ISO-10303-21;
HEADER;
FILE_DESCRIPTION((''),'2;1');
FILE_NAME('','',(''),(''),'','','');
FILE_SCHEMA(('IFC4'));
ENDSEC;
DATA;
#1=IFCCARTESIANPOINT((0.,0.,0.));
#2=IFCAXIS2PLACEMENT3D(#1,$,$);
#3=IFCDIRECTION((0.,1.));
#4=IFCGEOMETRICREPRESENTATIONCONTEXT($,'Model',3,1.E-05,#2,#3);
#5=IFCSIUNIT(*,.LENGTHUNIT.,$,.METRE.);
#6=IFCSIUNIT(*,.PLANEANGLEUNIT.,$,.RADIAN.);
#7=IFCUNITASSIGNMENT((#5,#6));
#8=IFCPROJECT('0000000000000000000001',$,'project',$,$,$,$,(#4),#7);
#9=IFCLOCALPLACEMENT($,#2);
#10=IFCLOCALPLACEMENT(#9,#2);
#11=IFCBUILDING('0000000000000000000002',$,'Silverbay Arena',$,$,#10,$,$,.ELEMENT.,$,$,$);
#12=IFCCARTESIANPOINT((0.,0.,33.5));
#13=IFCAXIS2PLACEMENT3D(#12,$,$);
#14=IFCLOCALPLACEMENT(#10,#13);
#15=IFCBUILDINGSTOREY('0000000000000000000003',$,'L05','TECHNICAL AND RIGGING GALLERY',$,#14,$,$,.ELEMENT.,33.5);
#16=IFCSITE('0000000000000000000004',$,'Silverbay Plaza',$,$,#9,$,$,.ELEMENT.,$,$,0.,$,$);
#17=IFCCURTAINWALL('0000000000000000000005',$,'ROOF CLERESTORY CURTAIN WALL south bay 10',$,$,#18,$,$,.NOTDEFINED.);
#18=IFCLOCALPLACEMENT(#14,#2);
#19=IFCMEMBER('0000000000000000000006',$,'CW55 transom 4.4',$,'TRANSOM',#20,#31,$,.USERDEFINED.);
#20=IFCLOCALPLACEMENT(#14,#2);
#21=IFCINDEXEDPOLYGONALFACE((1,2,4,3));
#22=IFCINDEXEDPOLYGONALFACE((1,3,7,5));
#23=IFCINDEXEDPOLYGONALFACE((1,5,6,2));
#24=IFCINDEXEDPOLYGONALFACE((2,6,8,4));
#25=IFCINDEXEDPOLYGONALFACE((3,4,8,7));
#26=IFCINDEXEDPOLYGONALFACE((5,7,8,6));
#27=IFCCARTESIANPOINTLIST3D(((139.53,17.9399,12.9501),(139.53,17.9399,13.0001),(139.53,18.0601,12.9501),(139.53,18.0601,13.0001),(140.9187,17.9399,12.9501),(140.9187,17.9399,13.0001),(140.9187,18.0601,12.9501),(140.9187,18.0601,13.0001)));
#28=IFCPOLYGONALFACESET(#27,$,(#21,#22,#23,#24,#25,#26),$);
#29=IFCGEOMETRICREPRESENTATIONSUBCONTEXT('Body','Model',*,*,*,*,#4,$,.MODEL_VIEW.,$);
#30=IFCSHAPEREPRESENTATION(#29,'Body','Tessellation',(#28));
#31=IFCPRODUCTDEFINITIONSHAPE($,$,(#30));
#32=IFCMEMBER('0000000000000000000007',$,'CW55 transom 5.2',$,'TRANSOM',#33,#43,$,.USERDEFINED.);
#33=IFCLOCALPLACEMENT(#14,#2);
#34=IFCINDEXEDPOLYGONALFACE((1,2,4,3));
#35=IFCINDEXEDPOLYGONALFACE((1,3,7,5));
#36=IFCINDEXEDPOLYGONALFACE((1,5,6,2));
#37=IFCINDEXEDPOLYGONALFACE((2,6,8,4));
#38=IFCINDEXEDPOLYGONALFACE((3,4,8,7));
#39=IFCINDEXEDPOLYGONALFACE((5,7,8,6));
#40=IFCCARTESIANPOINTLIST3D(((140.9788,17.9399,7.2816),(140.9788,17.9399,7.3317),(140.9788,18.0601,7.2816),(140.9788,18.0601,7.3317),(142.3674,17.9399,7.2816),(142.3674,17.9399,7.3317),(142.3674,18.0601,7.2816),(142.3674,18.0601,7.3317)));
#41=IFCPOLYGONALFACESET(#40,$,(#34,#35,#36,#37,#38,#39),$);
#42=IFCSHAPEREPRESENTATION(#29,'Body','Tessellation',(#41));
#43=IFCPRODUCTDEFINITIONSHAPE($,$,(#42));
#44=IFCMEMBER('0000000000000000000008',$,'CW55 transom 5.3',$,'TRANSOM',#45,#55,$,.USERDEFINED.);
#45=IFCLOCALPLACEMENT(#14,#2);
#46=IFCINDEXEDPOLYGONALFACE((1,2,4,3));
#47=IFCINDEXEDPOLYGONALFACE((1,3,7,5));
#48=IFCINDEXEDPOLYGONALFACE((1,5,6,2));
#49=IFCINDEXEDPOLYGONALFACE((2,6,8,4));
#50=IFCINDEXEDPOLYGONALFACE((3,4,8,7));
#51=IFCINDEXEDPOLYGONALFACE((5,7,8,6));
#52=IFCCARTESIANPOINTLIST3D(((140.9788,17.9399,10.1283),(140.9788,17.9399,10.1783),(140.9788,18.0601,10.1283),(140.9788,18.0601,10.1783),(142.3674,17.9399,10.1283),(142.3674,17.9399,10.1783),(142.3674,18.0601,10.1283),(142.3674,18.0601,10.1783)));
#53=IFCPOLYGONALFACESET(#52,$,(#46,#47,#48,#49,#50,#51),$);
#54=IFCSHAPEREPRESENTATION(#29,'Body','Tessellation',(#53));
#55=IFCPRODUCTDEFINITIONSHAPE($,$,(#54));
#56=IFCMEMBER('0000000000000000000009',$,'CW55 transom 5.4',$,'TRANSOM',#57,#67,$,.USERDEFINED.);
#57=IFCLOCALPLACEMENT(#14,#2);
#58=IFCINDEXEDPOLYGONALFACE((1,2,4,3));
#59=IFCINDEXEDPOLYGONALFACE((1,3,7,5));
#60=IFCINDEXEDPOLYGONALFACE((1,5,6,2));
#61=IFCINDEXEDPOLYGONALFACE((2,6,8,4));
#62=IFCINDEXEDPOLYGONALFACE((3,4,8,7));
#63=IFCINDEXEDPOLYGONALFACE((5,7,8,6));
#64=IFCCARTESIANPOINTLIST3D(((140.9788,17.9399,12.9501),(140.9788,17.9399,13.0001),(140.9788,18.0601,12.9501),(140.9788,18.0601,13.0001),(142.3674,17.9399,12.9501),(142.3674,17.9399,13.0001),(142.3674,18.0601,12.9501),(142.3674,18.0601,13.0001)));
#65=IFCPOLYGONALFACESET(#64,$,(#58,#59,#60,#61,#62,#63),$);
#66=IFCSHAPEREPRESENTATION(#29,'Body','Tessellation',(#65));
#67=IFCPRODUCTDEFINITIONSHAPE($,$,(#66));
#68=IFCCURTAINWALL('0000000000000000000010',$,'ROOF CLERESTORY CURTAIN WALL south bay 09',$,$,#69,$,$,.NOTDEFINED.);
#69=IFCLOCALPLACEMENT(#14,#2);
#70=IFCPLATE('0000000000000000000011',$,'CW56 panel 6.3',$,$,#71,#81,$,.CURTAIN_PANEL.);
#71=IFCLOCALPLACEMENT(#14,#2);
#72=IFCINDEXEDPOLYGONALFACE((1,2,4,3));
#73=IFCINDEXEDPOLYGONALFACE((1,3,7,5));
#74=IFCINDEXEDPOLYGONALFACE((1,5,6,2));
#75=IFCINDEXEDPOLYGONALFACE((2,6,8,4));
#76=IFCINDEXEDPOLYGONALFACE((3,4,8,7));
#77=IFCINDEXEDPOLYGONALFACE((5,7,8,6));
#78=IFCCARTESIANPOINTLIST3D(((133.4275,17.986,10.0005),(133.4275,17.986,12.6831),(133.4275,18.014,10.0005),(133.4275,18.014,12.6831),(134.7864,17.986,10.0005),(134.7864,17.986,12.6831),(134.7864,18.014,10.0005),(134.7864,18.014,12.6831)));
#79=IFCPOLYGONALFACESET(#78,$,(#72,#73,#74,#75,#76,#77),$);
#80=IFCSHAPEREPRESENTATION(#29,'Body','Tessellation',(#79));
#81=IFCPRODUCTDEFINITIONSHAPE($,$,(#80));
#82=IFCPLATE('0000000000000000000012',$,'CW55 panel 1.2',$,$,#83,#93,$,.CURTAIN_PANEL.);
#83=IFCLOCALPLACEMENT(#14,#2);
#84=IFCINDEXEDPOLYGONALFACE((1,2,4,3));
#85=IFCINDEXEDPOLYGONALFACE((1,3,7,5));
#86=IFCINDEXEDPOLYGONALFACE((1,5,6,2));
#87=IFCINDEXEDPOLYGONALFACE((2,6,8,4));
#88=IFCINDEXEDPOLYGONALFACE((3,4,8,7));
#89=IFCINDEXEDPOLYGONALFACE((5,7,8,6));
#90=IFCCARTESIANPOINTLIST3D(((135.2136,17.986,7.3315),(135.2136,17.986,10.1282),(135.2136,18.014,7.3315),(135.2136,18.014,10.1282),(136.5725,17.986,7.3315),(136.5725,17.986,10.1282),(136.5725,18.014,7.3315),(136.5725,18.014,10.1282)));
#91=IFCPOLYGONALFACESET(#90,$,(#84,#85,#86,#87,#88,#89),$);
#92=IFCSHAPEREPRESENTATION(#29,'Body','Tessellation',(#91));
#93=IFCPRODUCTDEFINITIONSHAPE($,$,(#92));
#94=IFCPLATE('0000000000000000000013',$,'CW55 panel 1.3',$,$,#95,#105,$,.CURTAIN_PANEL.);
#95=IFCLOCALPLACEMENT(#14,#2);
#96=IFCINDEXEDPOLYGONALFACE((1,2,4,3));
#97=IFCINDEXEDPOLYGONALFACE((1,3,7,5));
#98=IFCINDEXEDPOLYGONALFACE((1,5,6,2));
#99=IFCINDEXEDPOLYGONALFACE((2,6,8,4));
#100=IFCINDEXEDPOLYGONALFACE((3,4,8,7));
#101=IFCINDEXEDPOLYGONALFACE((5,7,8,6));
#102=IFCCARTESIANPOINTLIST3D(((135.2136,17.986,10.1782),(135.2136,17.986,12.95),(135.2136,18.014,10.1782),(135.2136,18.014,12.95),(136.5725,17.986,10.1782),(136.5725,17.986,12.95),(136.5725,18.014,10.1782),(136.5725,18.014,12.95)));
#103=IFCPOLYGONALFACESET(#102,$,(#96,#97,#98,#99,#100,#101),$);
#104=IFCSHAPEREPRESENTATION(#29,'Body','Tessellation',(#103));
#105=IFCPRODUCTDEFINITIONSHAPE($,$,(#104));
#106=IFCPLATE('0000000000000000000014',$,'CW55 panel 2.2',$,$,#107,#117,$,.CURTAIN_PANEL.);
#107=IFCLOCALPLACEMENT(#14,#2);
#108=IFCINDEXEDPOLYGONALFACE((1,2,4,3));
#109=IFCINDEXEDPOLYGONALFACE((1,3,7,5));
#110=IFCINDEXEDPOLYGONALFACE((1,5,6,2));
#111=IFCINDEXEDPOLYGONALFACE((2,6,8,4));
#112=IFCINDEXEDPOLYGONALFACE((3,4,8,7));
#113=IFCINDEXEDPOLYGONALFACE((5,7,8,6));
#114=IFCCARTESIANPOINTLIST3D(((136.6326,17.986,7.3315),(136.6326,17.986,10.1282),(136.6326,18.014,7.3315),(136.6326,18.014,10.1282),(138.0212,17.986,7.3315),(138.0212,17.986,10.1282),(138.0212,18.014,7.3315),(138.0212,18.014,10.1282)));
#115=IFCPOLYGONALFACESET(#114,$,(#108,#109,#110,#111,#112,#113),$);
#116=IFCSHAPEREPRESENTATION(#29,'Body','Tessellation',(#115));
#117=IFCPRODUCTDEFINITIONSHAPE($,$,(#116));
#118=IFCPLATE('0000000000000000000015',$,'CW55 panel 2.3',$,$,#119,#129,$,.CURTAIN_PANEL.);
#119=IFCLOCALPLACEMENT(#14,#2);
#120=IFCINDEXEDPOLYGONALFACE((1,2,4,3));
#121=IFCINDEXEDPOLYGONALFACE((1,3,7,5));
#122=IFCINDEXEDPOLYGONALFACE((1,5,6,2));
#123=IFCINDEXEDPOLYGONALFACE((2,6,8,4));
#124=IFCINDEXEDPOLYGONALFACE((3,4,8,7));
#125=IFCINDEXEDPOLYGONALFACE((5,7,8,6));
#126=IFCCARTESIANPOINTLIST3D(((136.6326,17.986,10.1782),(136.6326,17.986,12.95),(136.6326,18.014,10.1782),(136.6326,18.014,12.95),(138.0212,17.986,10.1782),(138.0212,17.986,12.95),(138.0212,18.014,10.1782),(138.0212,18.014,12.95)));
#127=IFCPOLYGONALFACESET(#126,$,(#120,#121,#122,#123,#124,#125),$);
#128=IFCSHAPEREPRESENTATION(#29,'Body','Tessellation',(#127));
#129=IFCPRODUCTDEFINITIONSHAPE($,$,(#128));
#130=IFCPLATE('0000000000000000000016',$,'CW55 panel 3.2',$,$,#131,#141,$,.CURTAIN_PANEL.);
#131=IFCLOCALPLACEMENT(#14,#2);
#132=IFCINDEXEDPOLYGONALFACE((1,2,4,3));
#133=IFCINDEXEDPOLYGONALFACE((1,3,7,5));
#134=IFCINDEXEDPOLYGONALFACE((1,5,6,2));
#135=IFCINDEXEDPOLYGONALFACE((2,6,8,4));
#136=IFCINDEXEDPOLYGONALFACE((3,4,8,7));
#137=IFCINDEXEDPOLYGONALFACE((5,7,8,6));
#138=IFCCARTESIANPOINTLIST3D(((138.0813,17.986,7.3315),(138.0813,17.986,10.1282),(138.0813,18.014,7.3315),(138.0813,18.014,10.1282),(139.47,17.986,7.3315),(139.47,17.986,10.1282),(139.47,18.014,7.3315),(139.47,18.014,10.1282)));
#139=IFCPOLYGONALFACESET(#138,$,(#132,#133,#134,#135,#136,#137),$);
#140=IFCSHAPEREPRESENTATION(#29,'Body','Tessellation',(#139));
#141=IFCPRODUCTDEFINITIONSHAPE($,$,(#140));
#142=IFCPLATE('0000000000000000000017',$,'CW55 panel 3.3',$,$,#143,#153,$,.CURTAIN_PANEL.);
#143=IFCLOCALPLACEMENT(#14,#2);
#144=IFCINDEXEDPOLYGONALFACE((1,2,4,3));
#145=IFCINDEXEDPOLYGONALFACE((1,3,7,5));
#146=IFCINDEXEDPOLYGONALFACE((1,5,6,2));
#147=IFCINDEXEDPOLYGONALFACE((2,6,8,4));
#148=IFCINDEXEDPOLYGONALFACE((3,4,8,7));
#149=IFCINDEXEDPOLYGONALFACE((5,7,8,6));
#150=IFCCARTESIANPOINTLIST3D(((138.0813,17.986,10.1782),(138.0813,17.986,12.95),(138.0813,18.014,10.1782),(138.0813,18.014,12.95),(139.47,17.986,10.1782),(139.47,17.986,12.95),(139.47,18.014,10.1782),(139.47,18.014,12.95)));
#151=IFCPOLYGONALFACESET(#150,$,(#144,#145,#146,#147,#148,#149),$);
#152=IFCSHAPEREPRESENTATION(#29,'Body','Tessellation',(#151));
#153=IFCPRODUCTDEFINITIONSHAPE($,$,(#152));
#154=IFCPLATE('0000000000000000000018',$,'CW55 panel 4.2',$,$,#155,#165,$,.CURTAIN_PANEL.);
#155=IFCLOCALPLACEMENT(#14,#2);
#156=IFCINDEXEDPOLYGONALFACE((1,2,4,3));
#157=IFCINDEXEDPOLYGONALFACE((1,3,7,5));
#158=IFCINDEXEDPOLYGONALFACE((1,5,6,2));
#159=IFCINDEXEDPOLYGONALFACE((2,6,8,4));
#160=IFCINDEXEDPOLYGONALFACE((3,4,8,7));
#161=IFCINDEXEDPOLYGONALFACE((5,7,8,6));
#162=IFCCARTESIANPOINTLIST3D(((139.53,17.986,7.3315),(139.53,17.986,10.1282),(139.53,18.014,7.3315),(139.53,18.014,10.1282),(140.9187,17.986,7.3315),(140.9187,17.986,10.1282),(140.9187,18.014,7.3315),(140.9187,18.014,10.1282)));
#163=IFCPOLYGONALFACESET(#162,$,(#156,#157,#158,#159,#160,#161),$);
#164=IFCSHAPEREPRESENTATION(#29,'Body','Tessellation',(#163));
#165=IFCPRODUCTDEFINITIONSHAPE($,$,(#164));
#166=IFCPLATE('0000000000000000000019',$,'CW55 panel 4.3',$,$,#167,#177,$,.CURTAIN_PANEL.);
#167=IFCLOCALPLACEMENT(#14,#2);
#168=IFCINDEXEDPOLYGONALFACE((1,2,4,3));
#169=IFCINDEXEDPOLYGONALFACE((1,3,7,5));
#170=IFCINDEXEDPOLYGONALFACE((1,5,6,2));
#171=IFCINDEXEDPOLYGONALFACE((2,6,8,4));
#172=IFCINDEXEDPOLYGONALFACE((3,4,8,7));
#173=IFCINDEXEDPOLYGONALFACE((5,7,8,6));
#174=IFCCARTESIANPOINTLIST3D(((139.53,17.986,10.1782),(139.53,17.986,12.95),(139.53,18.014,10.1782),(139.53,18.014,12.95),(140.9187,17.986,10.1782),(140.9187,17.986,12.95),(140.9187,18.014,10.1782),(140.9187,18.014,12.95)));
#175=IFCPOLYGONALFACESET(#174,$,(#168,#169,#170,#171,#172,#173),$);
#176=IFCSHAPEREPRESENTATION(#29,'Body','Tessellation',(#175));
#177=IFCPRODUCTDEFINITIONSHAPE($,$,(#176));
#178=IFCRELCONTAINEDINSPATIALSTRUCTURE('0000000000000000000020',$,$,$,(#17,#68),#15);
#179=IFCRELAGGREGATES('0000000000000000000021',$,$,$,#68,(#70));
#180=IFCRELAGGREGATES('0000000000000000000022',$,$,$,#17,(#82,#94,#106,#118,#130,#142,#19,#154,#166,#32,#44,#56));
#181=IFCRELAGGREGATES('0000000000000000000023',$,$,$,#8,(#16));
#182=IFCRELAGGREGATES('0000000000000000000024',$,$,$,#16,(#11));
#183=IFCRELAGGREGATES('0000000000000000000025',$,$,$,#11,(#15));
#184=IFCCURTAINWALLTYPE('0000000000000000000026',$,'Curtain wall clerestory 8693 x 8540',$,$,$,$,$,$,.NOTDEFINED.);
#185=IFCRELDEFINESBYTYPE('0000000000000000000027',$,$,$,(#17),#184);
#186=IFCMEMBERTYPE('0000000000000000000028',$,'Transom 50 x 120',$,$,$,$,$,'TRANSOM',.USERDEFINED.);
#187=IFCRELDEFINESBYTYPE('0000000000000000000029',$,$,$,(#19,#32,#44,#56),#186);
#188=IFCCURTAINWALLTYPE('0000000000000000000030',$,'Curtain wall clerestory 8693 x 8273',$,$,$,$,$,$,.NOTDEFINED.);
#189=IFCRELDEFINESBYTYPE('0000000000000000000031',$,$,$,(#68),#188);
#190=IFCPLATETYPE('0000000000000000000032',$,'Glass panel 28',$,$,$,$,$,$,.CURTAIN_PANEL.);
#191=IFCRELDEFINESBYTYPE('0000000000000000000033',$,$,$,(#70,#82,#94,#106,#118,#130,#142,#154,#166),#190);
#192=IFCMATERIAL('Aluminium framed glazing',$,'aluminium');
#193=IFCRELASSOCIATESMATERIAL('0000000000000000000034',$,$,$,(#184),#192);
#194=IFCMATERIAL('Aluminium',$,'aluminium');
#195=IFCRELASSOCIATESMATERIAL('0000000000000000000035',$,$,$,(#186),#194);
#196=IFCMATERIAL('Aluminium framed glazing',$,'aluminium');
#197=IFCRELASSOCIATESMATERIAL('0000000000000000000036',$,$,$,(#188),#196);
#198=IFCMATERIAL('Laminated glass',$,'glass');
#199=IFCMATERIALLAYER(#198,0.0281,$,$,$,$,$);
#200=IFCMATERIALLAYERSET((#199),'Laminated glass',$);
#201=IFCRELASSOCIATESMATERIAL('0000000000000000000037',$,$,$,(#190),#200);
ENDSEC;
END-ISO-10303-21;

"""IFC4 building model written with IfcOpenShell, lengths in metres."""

from ifc_helpers import new_model, si_unit, direction, frame, origin, origin_2d, place, context, subcontext, project, spatial, rectangle, extrude, material, layer, layer_set, material_profile, profile_set, type_object, element, aggregate, save


model = new_model("IFC4")

# Units and contexts
model_context = context("Model", 3, precision=1e-05, world=origin(), true_north=direction((0.0, 1.0)))
body_context = subcontext(model_context, "Body", "Model", "MODEL_VIEW")
ifc_project = project(units=[si_unit("LENGTHUNIT", "METRE"), si_unit("PLANEANGLEUNIT", "RADIAN")], contexts=[model_context])

# Site, building, storey
site_placement = place(None, origin())
site = spatial("IfcSite", under=ifc_project, at=site_placement, Name="Silverbay Plaza", CompositionType="ELEMENT", RefElevation=0.0)
building_placement = place(site_placement, origin())
building = spatial("IfcBuilding", under=site, at=building_placement, Name="Silverbay Arena", CompositionType="ELEMENT")
storey_placement = place(building_placement, frame((0.0, 0.0, 33.5)))
storey = spatial("IfcBuildingStorey", under=building, at=storey_placement, Name="L05", Description="TECHNICAL AND RIGGING GALLERY", CompositionType="ELEMENT", Elevation=33.5)

# Curtain wall, members
ifc_material_1 = material(Name="Aluminium framed glazing", Category="aluminium")
curtain_wall_type_1 = type_object("IfcCurtainWallType", Name="Curtain wall clerestory 8693 x 8540", PredefinedType="NOTDEFINED", material=ifc_material_1)
curtain_wall_1_placement = place(storey_placement, origin())
curtain_wall_1 = element("IfcCurtainWall", 1, at=curtain_wall_1_placement, inside=storey, type_object=curtain_wall_type_1, Name="ROOF CLERESTORY CURTAIN WALL south bay 10", PredefinedType="NOTDEFINED")
ifc_material_2 = material(Name="Aluminium", Category="aluminium")
ifc_material_profile_1 = material_profile(ifc_material_2, rectangle(XDim=0.1201, YDim=0.05, at=origin_2d()), Name="Transom 50 x 120")
ifc_profile_set_1 = profile_set([ifc_material_profile_1], Name="Aluminium")
member_type_1 = type_object("IfcMemberType", Name="Transom 50 x 120", ElementType="TRANSOM", PredefinedType="USERDEFINED", material=ifc_profile_set_1)
member_1_placement = place(storey_placement, frame((139.53, 18.0, 12.9751), z_axis=(1.0, 0.0, 0.0), x_axis=(0.0, 1.0, 0.0)))
member_1 = element("IfcMember", 2, at=member_1_placement, type_object=member_type_1, Name="CW55 transom 4.4", ObjectType="TRANSOM", PredefinedType="USERDEFINED", context=body_context, shape_type="SweptSolid", body=[
    extrude(rectangle(XDim=0.1201, YDim=0.05, at=origin_2d()), origin(), (0.0, 0.0, 1.0), 1.3887),
])
member_2_placement = place(storey_placement, frame((140.9788, 18.0, 7.3066), z_axis=(1.0, 0.0, 0.0), x_axis=(0.0, 1.0, 0.0)))
member_2 = element("IfcMember", 3, at=member_2_placement, type_object=member_type_1, Name="CW55 transom 5.2", ObjectType="TRANSOM", PredefinedType="USERDEFINED", context=body_context, shape_type="SweptSolid", body=[
    extrude(rectangle(XDim=0.1201, YDim=0.05, at=origin_2d()), origin(), (0.0, 0.0, 1.0), 1.3887),
])
member_3_placement = place(storey_placement, frame((140.9788, 18.0, 10.1533), z_axis=(1.0, 0.0, 0.0), x_axis=(0.0, 1.0, 0.0)))
member_3 = element("IfcMember", 4, at=member_3_placement, type_object=member_type_1, Name="CW55 transom 5.3", ObjectType="TRANSOM", PredefinedType="USERDEFINED", context=body_context, shape_type="SweptSolid", body=[
    extrude(rectangle(XDim=0.1201, YDim=0.05, at=origin_2d()), origin(), (0.0, 0.0, 1.0), 1.3887),
])
member_4_placement = place(storey_placement, frame((140.9788, 18.0, 12.9751), z_axis=(1.0, 0.0, 0.0), x_axis=(0.0, 1.0, 0.0)))
member_4 = element("IfcMember", 5, at=member_4_placement, type_object=member_type_1, Name="CW55 transom 5.4", ObjectType="TRANSOM", PredefinedType="USERDEFINED", context=body_context, shape_type="SweptSolid", body=[
    extrude(rectangle(XDim=0.1201, YDim=0.05, at=origin_2d()), origin(), (0.0, 0.0, 1.0), 1.3887),
])

# Curtain wall, plate
ifc_material_3 = material(Name="Aluminium framed glazing", Category="aluminium")
curtain_wall_type_2 = type_object("IfcCurtainWallType", Name="Curtain wall clerestory 8693 x 8273", PredefinedType="NOTDEFINED", material=ifc_material_3)
curtain_wall_2_placement = place(storey_placement, origin())
curtain_wall_2 = element("IfcCurtainWall", 6, at=curtain_wall_2_placement, inside=storey, type_object=curtain_wall_type_2, Name="ROOF CLERESTORY CURTAIN WALL south bay 09", PredefinedType="NOTDEFINED")
ifc_material_4 = material(Name="Laminated glass", Category="glass")
ifc_layer = layer(ifc_material_4, 0.0281)
ifc_layer_set = layer_set([ifc_layer], Name="Laminated glass")
plate_type = type_object("IfcPlateType", Name="Glass panel 28", PredefinedType="CURTAIN_PANEL", material=ifc_layer_set)
plate_1_placement = place(storey_placement, frame((134.1069, 18.0, 10.0005), z_axis=(0.0, 0.0, 1.0), x_axis=(1.0, 0.0, 0.0)))
plate_1 = element("IfcPlate", 7, at=plate_1_placement, type_object=plate_type, Name="CW56 panel 6.3", PredefinedType="CURTAIN_PANEL", context=body_context, shape_type="SweptSolid", body=[
    extrude(rectangle(XDim=1.3589, YDim=0.0281, at=origin_2d()), origin(), (0.0, 0.0, 1.0), 2.6826),
])
aggregate(curtain_wall_2, [plate_1])

# Plates
plate_2_placement = place(storey_placement, frame((135.8931, 18.0, 7.3315), z_axis=(0.0, 0.0, 1.0), x_axis=(1.0, 0.0, 0.0)))
plate_2 = element("IfcPlate", 8, at=plate_2_placement, type_object=plate_type, Name="CW55 panel 1.2", PredefinedType="CURTAIN_PANEL", context=body_context, shape_type="SweptSolid", body=[
    extrude(rectangle(XDim=1.3589, YDim=0.0281, at=origin_2d()), origin(), (0.0, 0.0, 1.0), 2.7966),
])
plate_3_placement = place(storey_placement, frame((135.8931, 18.0, 10.1782), z_axis=(0.0, 0.0, 1.0), x_axis=(1.0, 0.0, 0.0)))
plate_3 = element("IfcPlate", 9, at=plate_3_placement, type_object=plate_type, Name="CW55 panel 1.3", PredefinedType="CURTAIN_PANEL", context=body_context, shape_type="SweptSolid", body=[
    extrude(rectangle(XDim=1.3589, YDim=0.0281, at=origin_2d()), origin(), (0.0, 0.0, 1.0), 2.7717),
])
plate_4_placement = place(storey_placement, frame((137.3269, 18.0, 7.3315), z_axis=(0.0, 0.0, 1.0), x_axis=(1.0, 0.0, 0.0)))
plate_4 = element("IfcPlate", 10, at=plate_4_placement, type_object=plate_type, Name="CW55 panel 2.2", PredefinedType="CURTAIN_PANEL", context=body_context, shape_type="SweptSolid", body=[
    extrude(rectangle(XDim=1.3887, YDim=0.0281, at=origin_2d()), origin(), (0.0, 0.0, 1.0), 2.7966),
])
plate_5_placement = place(storey_placement, frame((137.3269, 18.0, 10.1782), z_axis=(0.0, 0.0, 1.0), x_axis=(1.0, 0.0, 0.0)))
plate_5 = element("IfcPlate", 11, at=plate_5_placement, type_object=plate_type, Name="CW55 panel 2.3", PredefinedType="CURTAIN_PANEL", context=body_context, shape_type="SweptSolid", body=[
    extrude(rectangle(XDim=1.3887, YDim=0.0281, at=origin_2d()), origin(), (0.0, 0.0, 1.0), 2.7717),
])
plate_6_placement = place(storey_placement, frame((138.7756, 18.0, 7.3315), z_axis=(0.0, 0.0, 1.0), x_axis=(1.0, 0.0, 0.0)))
plate_6 = element("IfcPlate", 12, at=plate_6_placement, type_object=plate_type, Name="CW55 panel 3.2", PredefinedType="CURTAIN_PANEL", context=body_context, shape_type="SweptSolid", body=[
    extrude(rectangle(XDim=1.3887, YDim=0.0281, at=origin_2d()), origin(), (0.0, 0.0, 1.0), 2.7966),
])
plate_7_placement = place(storey_placement, frame((138.7756, 18.0, 10.1782), z_axis=(0.0, 0.0, 1.0), x_axis=(1.0, 0.0, 0.0)))
plate_7 = element("IfcPlate", 13, at=plate_7_placement, type_object=plate_type, Name="CW55 panel 3.3", PredefinedType="CURTAIN_PANEL", context=body_context, shape_type="SweptSolid", body=[
    extrude(rectangle(XDim=1.3887, YDim=0.0281, at=origin_2d()), origin(), (0.0, 0.0, 1.0), 2.7717),
])
plate_8_placement = place(storey_placement, frame((140.2244, 18.0, 7.3315), z_axis=(0.0, 0.0, 1.0), x_axis=(1.0, 0.0, 0.0)))
plate_8 = element("IfcPlate", 14, at=plate_8_placement, type_object=plate_type, Name="CW55 panel 4.2", PredefinedType="CURTAIN_PANEL", context=body_context, shape_type="SweptSolid", body=[
    extrude(rectangle(XDim=1.3887, YDim=0.0281, at=origin_2d()), origin(), (0.0, 0.0, 1.0), 2.7966),
])
plate_9_placement = place(storey_placement, frame((140.2244, 18.0, 10.1782), z_axis=(0.0, 0.0, 1.0), x_axis=(1.0, 0.0, 0.0)))
plate_9 = element("IfcPlate", 15, at=plate_9_placement, type_object=plate_type, Name="CW55 panel 4.3", PredefinedType="CURTAIN_PANEL", context=body_context, shape_type="SweptSolid", body=[
    extrude(rectangle(XDim=1.3887, YDim=0.0281, at=origin_2d()), origin(), (0.0, 0.0, 1.0), 2.7717),
])
aggregate(curtain_wall_1, [plate_2, plate_3, plate_4, plate_5, plate_6, plate_7, member_1, plate_8, plate_9, member_2, member_3, member_4])

save(model, "model.ifc")
